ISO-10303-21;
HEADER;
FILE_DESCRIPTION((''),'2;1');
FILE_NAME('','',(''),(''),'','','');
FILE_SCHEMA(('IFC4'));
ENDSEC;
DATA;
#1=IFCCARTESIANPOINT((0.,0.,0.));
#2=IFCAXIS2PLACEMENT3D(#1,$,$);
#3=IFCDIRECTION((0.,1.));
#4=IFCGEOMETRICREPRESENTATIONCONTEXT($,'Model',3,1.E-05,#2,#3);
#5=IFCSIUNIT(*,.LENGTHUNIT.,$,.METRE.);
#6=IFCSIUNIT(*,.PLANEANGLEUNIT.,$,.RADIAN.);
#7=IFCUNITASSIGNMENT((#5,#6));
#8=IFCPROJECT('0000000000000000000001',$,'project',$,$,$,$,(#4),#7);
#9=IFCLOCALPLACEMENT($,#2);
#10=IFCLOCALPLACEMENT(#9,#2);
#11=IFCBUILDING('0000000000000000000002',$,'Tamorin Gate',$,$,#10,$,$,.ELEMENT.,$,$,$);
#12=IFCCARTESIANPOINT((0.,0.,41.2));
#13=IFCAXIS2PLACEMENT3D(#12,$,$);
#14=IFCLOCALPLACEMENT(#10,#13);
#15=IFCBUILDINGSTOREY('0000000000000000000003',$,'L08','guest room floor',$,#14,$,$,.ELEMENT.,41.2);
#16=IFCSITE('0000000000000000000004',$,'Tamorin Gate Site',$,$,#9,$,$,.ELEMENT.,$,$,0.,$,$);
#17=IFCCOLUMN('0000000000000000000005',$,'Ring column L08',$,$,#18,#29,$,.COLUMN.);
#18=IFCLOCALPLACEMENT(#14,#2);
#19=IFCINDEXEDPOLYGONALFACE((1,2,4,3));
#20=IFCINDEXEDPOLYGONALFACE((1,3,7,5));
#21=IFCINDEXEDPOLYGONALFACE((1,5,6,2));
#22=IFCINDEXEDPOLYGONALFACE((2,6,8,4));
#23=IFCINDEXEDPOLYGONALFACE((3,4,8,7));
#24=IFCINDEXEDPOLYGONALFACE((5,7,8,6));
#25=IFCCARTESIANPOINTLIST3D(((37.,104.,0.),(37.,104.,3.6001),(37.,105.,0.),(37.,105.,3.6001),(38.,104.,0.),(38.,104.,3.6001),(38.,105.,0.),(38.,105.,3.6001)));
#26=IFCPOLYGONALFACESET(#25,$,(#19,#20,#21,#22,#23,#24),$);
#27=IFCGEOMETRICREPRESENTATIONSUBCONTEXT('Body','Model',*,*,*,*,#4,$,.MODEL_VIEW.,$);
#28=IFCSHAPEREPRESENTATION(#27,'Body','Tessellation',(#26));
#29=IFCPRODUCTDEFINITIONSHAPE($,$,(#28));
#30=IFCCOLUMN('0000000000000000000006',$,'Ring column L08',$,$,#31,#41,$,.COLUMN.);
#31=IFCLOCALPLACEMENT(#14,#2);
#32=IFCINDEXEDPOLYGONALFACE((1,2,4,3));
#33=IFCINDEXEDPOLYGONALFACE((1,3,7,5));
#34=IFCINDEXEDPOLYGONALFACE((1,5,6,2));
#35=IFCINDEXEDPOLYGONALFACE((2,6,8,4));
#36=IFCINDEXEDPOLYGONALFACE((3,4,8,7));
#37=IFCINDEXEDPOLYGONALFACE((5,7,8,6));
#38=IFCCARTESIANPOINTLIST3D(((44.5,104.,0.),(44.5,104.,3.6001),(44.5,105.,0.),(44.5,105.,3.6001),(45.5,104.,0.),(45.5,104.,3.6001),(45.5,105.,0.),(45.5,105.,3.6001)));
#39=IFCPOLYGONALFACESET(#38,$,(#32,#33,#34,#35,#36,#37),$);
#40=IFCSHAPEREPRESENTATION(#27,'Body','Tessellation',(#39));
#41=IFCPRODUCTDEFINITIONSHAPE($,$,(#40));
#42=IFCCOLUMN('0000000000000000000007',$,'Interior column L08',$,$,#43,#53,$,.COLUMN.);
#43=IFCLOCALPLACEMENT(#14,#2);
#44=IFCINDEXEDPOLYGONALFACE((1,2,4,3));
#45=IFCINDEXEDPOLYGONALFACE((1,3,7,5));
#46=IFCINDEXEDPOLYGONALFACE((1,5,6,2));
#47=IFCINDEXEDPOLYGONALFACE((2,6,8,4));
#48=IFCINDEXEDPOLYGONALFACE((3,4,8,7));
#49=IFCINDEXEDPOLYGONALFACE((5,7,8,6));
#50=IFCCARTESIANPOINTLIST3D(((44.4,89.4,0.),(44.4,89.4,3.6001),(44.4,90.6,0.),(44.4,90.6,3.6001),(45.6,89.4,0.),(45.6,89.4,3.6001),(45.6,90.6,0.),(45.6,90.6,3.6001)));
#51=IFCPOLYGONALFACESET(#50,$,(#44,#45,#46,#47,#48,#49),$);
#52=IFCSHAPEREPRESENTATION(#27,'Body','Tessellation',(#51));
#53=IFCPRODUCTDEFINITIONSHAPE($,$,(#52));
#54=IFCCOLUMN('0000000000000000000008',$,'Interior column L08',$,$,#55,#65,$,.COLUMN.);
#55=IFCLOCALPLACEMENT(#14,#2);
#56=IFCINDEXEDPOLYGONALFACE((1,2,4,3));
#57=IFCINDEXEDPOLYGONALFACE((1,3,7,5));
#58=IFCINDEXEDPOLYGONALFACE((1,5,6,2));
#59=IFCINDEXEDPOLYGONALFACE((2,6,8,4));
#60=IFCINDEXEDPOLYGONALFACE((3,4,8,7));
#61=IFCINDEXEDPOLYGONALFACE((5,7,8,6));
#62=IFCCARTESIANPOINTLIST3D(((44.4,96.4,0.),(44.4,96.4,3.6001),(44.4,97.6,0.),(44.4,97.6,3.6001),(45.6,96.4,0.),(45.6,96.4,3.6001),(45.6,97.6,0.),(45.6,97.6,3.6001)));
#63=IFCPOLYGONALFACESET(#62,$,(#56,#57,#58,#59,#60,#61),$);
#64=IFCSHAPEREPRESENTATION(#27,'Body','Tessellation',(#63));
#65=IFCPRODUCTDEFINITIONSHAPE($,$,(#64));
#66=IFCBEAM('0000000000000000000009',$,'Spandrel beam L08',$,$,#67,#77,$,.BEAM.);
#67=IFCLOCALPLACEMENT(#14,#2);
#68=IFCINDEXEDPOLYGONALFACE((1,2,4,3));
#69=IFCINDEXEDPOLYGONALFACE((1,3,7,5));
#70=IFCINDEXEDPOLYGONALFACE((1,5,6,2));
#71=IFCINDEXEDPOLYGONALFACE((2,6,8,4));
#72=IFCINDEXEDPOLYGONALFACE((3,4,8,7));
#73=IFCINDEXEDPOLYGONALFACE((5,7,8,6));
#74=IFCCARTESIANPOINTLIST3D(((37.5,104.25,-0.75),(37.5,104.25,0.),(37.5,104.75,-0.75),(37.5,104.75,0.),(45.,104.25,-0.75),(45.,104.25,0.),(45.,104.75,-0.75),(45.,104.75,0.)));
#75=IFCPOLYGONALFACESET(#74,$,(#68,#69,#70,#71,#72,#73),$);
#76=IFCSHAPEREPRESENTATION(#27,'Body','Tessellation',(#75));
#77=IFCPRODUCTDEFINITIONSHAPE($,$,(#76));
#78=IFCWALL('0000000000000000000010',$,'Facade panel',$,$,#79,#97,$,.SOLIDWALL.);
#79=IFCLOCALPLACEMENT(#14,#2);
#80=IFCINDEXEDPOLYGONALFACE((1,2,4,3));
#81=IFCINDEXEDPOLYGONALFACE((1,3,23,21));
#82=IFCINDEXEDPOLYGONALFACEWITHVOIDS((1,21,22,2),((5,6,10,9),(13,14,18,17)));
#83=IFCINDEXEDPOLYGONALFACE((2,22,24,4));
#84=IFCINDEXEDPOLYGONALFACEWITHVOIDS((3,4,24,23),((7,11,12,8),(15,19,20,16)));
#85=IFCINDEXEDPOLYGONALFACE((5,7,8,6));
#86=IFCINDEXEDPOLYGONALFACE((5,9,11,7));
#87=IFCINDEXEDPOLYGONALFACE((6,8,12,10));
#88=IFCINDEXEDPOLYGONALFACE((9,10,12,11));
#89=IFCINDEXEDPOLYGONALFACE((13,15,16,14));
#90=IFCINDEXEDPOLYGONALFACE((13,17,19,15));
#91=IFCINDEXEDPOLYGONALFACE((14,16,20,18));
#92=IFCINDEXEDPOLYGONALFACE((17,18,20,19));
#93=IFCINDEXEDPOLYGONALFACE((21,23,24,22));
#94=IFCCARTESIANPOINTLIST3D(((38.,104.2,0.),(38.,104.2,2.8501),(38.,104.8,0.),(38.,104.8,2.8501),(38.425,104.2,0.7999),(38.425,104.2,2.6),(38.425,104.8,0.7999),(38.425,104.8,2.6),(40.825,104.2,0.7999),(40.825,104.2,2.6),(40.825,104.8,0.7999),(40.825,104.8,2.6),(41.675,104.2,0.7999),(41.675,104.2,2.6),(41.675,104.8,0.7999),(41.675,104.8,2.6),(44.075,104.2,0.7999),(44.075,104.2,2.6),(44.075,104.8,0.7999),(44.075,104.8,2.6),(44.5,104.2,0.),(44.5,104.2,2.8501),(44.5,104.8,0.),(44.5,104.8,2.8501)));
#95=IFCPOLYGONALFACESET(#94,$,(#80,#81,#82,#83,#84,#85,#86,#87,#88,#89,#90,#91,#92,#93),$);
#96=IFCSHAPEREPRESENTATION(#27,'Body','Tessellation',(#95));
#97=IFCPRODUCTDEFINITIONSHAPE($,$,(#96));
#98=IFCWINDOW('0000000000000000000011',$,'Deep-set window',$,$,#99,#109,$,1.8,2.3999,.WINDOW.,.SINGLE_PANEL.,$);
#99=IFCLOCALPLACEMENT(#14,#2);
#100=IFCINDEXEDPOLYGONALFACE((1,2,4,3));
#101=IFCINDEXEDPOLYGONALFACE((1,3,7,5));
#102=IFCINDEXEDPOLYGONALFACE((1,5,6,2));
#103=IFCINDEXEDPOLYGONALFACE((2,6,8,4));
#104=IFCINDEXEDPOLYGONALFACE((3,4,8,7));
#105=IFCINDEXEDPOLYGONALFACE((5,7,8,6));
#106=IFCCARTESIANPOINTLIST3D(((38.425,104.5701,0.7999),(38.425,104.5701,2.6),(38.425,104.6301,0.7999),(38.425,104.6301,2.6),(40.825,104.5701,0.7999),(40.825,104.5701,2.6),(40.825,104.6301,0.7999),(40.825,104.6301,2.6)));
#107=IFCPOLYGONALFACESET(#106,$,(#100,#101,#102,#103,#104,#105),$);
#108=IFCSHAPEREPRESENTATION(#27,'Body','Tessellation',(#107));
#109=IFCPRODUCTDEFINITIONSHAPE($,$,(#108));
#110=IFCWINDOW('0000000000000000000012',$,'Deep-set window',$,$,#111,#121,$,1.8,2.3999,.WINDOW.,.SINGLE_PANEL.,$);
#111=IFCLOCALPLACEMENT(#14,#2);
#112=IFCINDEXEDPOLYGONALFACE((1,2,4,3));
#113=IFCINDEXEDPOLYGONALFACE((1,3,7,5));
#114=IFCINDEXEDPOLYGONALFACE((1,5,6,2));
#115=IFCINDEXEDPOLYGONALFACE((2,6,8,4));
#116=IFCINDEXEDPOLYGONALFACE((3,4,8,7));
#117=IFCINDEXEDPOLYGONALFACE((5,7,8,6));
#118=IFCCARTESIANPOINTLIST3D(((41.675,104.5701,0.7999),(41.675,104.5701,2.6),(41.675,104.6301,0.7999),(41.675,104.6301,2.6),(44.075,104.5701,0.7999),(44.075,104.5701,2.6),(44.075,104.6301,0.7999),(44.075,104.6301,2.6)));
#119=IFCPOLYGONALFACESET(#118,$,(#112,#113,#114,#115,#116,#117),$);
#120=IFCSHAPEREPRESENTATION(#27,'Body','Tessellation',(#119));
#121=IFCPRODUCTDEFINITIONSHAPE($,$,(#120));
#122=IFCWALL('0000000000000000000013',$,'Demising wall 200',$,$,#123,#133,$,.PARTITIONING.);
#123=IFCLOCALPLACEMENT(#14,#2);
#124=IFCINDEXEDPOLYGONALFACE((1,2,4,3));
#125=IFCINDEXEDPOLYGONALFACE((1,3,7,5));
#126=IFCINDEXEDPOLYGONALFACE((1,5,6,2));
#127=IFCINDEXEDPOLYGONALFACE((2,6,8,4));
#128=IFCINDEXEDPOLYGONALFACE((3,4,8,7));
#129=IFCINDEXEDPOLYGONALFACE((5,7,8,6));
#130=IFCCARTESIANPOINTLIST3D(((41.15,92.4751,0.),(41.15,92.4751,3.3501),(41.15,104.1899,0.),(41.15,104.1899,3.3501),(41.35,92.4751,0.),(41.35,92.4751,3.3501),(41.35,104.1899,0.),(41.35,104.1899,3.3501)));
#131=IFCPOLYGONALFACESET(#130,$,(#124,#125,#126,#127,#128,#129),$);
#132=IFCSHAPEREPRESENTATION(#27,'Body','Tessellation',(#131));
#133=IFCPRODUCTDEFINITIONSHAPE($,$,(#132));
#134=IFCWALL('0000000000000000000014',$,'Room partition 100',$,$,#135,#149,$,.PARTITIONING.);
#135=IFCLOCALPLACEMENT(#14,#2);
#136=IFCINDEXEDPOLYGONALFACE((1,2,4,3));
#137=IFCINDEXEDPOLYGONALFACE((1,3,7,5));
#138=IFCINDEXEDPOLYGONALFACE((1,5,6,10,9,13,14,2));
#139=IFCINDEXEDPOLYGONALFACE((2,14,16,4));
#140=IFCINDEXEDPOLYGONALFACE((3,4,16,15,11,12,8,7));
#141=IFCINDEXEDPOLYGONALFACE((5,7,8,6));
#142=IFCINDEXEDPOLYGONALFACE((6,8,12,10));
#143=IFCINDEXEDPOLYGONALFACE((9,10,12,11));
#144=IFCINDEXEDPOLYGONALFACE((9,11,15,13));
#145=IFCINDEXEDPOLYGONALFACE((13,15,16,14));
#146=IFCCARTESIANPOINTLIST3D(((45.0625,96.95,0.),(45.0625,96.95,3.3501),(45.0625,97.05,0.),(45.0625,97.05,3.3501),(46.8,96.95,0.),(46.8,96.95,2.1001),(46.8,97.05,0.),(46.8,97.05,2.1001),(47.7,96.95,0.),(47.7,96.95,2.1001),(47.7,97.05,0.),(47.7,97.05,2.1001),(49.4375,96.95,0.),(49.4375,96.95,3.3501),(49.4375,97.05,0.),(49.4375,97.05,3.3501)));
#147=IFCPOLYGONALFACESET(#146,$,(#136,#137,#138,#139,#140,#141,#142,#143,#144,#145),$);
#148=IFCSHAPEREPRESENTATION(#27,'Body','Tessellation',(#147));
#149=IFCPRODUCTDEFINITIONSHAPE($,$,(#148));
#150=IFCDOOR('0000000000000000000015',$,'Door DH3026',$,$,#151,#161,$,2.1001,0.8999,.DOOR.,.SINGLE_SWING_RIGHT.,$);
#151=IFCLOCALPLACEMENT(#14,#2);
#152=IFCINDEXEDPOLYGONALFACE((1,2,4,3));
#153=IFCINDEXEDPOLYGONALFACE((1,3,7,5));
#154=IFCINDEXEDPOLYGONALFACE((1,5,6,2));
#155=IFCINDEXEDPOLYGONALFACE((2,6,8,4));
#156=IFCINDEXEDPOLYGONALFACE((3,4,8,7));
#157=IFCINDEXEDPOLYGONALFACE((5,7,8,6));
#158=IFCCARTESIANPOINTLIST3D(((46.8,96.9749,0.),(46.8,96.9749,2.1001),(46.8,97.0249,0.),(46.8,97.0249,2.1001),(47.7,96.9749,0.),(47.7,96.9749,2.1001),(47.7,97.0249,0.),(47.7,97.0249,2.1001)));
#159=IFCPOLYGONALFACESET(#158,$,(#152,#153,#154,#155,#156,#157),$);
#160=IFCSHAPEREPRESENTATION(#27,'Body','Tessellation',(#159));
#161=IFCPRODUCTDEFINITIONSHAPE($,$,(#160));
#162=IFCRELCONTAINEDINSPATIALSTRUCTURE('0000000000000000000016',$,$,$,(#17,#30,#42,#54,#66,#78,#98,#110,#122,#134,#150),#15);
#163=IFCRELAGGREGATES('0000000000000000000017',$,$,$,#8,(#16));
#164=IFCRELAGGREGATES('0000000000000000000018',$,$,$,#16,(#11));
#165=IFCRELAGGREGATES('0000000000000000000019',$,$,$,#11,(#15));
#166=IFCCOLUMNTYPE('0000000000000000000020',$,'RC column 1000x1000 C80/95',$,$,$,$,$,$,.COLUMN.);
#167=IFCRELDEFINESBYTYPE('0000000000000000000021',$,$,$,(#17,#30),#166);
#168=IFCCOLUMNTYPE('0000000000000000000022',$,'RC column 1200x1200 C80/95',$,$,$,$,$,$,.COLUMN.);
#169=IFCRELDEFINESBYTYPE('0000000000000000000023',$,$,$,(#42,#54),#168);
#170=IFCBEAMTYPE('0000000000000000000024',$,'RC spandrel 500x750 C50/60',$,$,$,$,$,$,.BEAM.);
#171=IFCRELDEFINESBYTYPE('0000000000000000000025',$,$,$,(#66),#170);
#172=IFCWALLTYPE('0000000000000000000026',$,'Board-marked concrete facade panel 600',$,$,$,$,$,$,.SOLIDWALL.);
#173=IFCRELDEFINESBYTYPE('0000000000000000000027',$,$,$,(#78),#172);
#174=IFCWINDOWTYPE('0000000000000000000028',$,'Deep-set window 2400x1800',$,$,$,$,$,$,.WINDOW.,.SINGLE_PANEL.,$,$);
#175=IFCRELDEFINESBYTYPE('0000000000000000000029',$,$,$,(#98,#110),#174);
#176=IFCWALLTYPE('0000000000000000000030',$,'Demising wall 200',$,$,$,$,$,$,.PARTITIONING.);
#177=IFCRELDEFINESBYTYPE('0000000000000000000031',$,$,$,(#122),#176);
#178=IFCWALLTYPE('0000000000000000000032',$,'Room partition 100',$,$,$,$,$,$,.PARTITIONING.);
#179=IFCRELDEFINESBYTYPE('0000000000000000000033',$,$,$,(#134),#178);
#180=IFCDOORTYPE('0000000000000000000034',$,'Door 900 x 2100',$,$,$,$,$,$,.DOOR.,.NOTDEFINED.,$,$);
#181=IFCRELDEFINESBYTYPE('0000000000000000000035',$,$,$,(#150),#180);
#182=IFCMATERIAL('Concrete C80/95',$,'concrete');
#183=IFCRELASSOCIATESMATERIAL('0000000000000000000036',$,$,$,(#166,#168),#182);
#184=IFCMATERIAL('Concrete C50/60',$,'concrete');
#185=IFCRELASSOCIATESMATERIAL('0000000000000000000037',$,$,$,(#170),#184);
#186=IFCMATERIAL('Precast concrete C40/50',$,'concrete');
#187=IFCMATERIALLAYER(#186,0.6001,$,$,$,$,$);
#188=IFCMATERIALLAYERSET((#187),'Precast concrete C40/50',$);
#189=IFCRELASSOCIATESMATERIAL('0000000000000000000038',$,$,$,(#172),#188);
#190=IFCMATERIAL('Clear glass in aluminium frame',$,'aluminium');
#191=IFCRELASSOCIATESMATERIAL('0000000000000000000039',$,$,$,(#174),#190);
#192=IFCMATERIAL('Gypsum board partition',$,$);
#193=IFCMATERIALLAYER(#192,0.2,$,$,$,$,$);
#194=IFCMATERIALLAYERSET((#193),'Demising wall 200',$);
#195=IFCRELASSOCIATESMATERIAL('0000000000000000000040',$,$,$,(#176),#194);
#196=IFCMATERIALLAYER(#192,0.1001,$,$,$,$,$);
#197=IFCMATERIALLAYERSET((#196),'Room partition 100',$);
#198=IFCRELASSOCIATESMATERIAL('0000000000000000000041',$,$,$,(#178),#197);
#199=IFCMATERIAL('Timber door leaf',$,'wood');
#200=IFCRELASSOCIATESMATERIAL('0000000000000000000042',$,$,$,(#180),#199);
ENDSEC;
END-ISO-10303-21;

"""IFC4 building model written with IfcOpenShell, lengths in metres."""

from ifc_helpers import new_model, si_unit, direction, frame, frame_2d, origin, origin_2d, place, context, subcontext, project, spatial, rectangle, extrude, material, layer, layer_set, material_profile, profile_set, type_object, element, fill, save


model = new_model("IFC4")

# Units and contexts
model_context = context("Model", 3, precision=1e-05, world=origin(), true_north=direction((0.0, 1.0)))
body_context = subcontext(model_context, "Body", "Model", "MODEL_VIEW")
ifc_project = project(units=[si_unit("LENGTHUNIT", "METRE"), si_unit("PLANEANGLEUNIT", "RADIAN")], contexts=[model_context])

# Site, building, storey
site_placement = place(None, origin())
site = spatial("IfcSite", under=ifc_project, at=site_placement, Name="Tamorin Gate Site", CompositionType="ELEMENT", RefElevation=0.0)
building_placement = place(site_placement, origin())
building = spatial("IfcBuilding", under=site, at=building_placement, Name="Tamorin Gate", CompositionType="ELEMENT")
storey_placement = place(building_placement, frame((0.0, 0.0, 41.2)))
storey = spatial("IfcBuildingStorey", under=building, at=storey_placement, Name="L08", Description="guest room floor", CompositionType="ELEMENT", Elevation=41.2)

# Columns
ifc_material_1 = material(Name="Concrete C80/95", Category="concrete")
ifc_material_profile_1 = material_profile(ifc_material_1, rectangle(XDim=1.0, YDim=1.0, at=origin_2d()), Name="RC 1000x1000")
ifc_profile_set_1 = profile_set([ifc_material_profile_1], Name="Concrete C80/95")
column_type_1 = type_object("IfcColumnType", Name="RC column 1000x1000 C80/95", PredefinedType="COLUMN", material=ifc_profile_set_1)
for number, where, z_axis, x_axis, name in (
    (1, (37.5, 104.5, 0.0), (0.0, 0.0, 1.0), (1.0, 0.0, 0.0), "Ring column L08"),
    (2, (45.0, 104.5, 0.0), (0.0, 0.0, 1.0), (1.0, 0.0, 0.0), "Ring column L08"),
):
    element("IfcColumn", number, at=place(storey_placement, frame(where, z_axis=z_axis, x_axis=x_axis)), inside=storey, type_object=column_type_1, Name=name, PredefinedType="COLUMN", context=body_context, shape_type="SweptSolid", body=[
        extrude(rectangle(XDim=1.0, YDim=1.0, at=origin_2d()), origin(), (0.0, 0.0, 1.0), 3.6001),
    ])
ifc_material_profile_2 = material_profile(ifc_material_1, rectangle(XDim=1.2, YDim=1.2, at=origin_2d()), Name="RC 1200x1200")
ifc_profile_set_2 = profile_set([ifc_material_profile_2], Name="Concrete C80/95")
column_type_2 = type_object("IfcColumnType", Name="RC column 1200x1200 C80/95", PredefinedType="COLUMN", material=ifc_profile_set_2)
for number, where, z_axis, x_axis, name in (
    (3, (45.0, 90.0, 0.0), (0.0, 0.0, 1.0), (1.0, 0.0, 0.0), "Interior column L08"),
    (4, (45.0, 97.0, 0.0), (0.0, 0.0, 1.0), (1.0, 0.0, 0.0), "Interior column L08"),
):
    element("IfcColumn", number, at=place(storey_placement, frame(where, z_axis=z_axis, x_axis=x_axis)), inside=storey, type_object=column_type_2, Name=name, PredefinedType="COLUMN", context=body_context, shape_type="SweptSolid", body=[
        extrude(rectangle(XDim=1.2, YDim=1.2, at=origin_2d()), origin(), (0.0, 0.0, 1.0), 3.6001),
    ])

# Beam
ifc_material_2 = material(Name="Concrete C50/60", Category="concrete")
ifc_material_profile_3 = material_profile(ifc_material_2, rectangle(XDim=0.5, YDim=0.75, at=origin_2d()), Name="RC 500x750")
ifc_profile_set_3 = profile_set([ifc_material_profile_3], Name="Concrete C50/60")
beam_type = type_object("IfcBeamType", Name="RC spandrel 500x750 C50/60", PredefinedType="BEAM", material=ifc_profile_set_3)
beam_placement = place(storey_placement, frame((45.0, 104.5, -0.375), z_axis=(-1.0, 0.0, 0.0), x_axis=(0.0, -1.0, 0.0)))
element("IfcBeam", 5, at=beam_placement, inside=storey, type_object=beam_type, Name="Spandrel beam L08", PredefinedType="BEAM", context=body_context, shape_type="SweptSolid", body=[
    extrude(rectangle(XDim=0.5, YDim=0.75, at=origin_2d()), origin(), (0.0, 0.0, 1.0), 7.5),
])

# Wall, openings, windows
ifc_material_3 = material(Name="Precast concrete C40/50", Category="concrete")
ifc_layer_1 = layer(ifc_material_3, 0.6001)
ifc_layer_set_1 = layer_set([ifc_layer_1], Name="Precast concrete C40/50")
wall_type_1 = type_object("IfcWallType", Name="Board-marked concrete facade panel 600", PredefinedType="SOLIDWALL", material=ifc_layer_set_1)
wall_1_placement = place(storey_placement, frame((44.5, 104.5, 0.0), z_axis=(0.0, 0.0, 1.0), x_axis=(-1.0, 0.0, 0.0)))
wall_1 = element("IfcWall", 6, at=wall_1_placement, inside=storey, type_object=wall_type_1, Name="Facade panel", PredefinedType="SOLIDWALL", context=body_context, shape_type="SweptSolid", body=[
    extrude(rectangle(XDim=6.5, YDim=0.6001, at=frame_2d((3.25, 0.0))), origin(), (0.0, 0.0, 1.0), 2.8501),
])
opening_1_placement = place(wall_1_placement, frame((3.675, 0.0, 0.8)))
opening_1 = element("IfcOpeningElement", 7, at=opening_1_placement, cuts=wall_1, PredefinedType="OPENING", context=body_context, shape_type="SweptSolid", body=[
    extrude(rectangle(XDim=2.3999, YDim=1.8, at=frame_2d((1.2, 0.8999))), frame((0.0, 0.3101, 0.0), z_axis=(0.0, -1.0, 0.0), x_axis=(1.0, 0.0, 0.0)), (0.0, 0.0, 1.0), 0.6201),
])
opening_2_placement = place(wall_1_placement, frame((0.425, 0.0, 0.8)))
opening_2 = element("IfcOpeningElement", 8, at=opening_2_placement, cuts=wall_1, PredefinedType="OPENING", context=body_context, shape_type="SweptSolid", body=[
    extrude(rectangle(XDim=2.3999, YDim=1.8, at=frame_2d((1.2, 0.8999))), frame((0.0, 0.3101, 0.0), z_axis=(0.0, -1.0, 0.0), x_axis=(1.0, 0.0, 0.0)), (0.0, 0.0, 1.0), 0.6201),
])
ifc_material_4 = material(Name="Clear glass in aluminium frame", Category="aluminium")
window_type = type_object("IfcWindowType", Name="Deep-set window 2400x1800", PartitioningType="SINGLE_PANEL", PredefinedType="WINDOW", material=ifc_material_4)
window_1_placement = place(opening_1_placement, origin())
window_1 = element("IfcWindow", 9, at=window_1_placement, inside=storey, type_object=window_type, Name="Deep-set window", OverallHeight=1.8, OverallWidth=2.3999, PartitioningType="SINGLE_PANEL", PredefinedType="WINDOW", context=body_context, shape_type="SweptSolid", body=[
    extrude(rectangle(XDim=2.3999, YDim=1.8, at=frame_2d((1.2, 0.8999))), frame((0.0, -0.0701, 0.0), z_axis=(0.0, -1.0, 0.0), x_axis=(1.0, 0.0, 0.0)), (0.0, 0.0, 1.0), 0.0601),
])
fill(opening_1, window_1)
window_2_placement = place(opening_2_placement, origin())
window_2 = element("IfcWindow", 10, at=window_2_placement, inside=storey, type_object=window_type, Name="Deep-set window", OverallHeight=1.8, OverallWidth=2.3999, PartitioningType="SINGLE_PANEL", PredefinedType="WINDOW", context=body_context, shape_type="SweptSolid", body=[
    extrude(rectangle(XDim=2.3999, YDim=1.8, at=frame_2d((1.2, 0.8999))), frame((0.0, -0.0701, 0.0), z_axis=(0.0, -1.0, 0.0), x_axis=(1.0, 0.0, 0.0)), (0.0, 0.0, 1.0), 0.0601),
])
fill(opening_2, window_2)

# Wall
ifc_material_5 = material(Name="Gypsum board partition")
ifc_layer_2 = layer(ifc_material_5, 0.2)
ifc_layer_set_2 = layer_set([ifc_layer_2], Name="Demising wall 200")
wall_type_2 = type_object("IfcWallType", Name="Demising wall 200", PredefinedType="PARTITIONING", material=ifc_layer_set_2)
wall_2_placement = place(storey_placement, frame((41.25, 92.4751, 0.0), z_axis=(0.0, 0.0, 1.0), x_axis=(0.0, 1.0, 0.0)))
element("IfcWall", 11, at=wall_2_placement, inside=storey, type_object=wall_type_2, Name="Demising wall 200", PredefinedType="PARTITIONING", context=body_context, shape_type="SweptSolid", body=[
    extrude(rectangle(XDim=11.7148, YDim=0.2, at=frame_2d((5.8574, 0.0))), origin(), (0.0, 0.0, 1.0), 3.3501),
])

# Wall, opening, door
ifc_layer_3 = layer(ifc_material_5, 0.1001)
ifc_layer_set_3 = layer_set([ifc_layer_3], Name="Room partition 100")
wall_type_3 = type_object("IfcWallType", Name="Room partition 100", PredefinedType="PARTITIONING", material=ifc_layer_set_3)
wall_3_placement = place(storey_placement, frame((45.0625, 97.0, 0.0), z_axis=(0.0, 0.0, 1.0), x_axis=(1.0, 0.0, 0.0)))
wall_3 = element("IfcWall", 12, at=wall_3_placement, inside=storey, type_object=wall_type_3, Name="Room partition 100", PredefinedType="PARTITIONING", context=body_context, shape_type="SweptSolid", body=[
    extrude(rectangle(XDim=4.375, YDim=0.1001, at=frame_2d((2.1875, 0.0))), origin(), (0.0, 0.0, 1.0), 3.3501),
])
opening_3_placement = place(wall_3_placement, frame((1.7375, 0.0, 0.0)))
opening_3 = element("IfcOpeningElement", 13, at=opening_3_placement, cuts=wall_3, PredefinedType="OPENING", context=body_context, shape_type="SweptSolid", body=[
    extrude(rectangle(XDim=0.8999, YDim=2.1001, at=frame_2d((0.45, 1.05))), frame((0.0, 0.0601, 0.0), z_axis=(0.0, -1.0, 0.0), x_axis=(1.0, 0.0, 0.0)), (0.0, 0.0, 1.0), 0.1201),
])
ifc_material_6 = material(Name="Timber door leaf", Category="wood")
door_type = type_object("IfcDoorType", Name="Door 900 x 2100", OperationType="NOTDEFINED", PredefinedType="DOOR", material=ifc_material_6)
door_1_placement = place(opening_3_placement, origin())
door_1 = element("IfcDoor", 14, at=door_1_placement, inside=storey, type_object=door_type, Name="Door DH3026", OperationType="SINGLE_SWING_RIGHT", OverallHeight=2.1001, OverallWidth=0.8999, PredefinedType="DOOR", context=body_context, shape_type="SweptSolid", body=[
    extrude(rectangle(XDim=0.8999, YDim=2.1001, at=frame_2d((0.45, 1.05))), frame((0.0, 0.0249, 0.0), z_axis=(0.0, -1.0, 0.0), x_axis=(1.0, 0.0, 0.0)), (0.0, 0.0, 1.0), 0.05),
])
fill(opening_3, door_1)

save(model, "model.ifc")
